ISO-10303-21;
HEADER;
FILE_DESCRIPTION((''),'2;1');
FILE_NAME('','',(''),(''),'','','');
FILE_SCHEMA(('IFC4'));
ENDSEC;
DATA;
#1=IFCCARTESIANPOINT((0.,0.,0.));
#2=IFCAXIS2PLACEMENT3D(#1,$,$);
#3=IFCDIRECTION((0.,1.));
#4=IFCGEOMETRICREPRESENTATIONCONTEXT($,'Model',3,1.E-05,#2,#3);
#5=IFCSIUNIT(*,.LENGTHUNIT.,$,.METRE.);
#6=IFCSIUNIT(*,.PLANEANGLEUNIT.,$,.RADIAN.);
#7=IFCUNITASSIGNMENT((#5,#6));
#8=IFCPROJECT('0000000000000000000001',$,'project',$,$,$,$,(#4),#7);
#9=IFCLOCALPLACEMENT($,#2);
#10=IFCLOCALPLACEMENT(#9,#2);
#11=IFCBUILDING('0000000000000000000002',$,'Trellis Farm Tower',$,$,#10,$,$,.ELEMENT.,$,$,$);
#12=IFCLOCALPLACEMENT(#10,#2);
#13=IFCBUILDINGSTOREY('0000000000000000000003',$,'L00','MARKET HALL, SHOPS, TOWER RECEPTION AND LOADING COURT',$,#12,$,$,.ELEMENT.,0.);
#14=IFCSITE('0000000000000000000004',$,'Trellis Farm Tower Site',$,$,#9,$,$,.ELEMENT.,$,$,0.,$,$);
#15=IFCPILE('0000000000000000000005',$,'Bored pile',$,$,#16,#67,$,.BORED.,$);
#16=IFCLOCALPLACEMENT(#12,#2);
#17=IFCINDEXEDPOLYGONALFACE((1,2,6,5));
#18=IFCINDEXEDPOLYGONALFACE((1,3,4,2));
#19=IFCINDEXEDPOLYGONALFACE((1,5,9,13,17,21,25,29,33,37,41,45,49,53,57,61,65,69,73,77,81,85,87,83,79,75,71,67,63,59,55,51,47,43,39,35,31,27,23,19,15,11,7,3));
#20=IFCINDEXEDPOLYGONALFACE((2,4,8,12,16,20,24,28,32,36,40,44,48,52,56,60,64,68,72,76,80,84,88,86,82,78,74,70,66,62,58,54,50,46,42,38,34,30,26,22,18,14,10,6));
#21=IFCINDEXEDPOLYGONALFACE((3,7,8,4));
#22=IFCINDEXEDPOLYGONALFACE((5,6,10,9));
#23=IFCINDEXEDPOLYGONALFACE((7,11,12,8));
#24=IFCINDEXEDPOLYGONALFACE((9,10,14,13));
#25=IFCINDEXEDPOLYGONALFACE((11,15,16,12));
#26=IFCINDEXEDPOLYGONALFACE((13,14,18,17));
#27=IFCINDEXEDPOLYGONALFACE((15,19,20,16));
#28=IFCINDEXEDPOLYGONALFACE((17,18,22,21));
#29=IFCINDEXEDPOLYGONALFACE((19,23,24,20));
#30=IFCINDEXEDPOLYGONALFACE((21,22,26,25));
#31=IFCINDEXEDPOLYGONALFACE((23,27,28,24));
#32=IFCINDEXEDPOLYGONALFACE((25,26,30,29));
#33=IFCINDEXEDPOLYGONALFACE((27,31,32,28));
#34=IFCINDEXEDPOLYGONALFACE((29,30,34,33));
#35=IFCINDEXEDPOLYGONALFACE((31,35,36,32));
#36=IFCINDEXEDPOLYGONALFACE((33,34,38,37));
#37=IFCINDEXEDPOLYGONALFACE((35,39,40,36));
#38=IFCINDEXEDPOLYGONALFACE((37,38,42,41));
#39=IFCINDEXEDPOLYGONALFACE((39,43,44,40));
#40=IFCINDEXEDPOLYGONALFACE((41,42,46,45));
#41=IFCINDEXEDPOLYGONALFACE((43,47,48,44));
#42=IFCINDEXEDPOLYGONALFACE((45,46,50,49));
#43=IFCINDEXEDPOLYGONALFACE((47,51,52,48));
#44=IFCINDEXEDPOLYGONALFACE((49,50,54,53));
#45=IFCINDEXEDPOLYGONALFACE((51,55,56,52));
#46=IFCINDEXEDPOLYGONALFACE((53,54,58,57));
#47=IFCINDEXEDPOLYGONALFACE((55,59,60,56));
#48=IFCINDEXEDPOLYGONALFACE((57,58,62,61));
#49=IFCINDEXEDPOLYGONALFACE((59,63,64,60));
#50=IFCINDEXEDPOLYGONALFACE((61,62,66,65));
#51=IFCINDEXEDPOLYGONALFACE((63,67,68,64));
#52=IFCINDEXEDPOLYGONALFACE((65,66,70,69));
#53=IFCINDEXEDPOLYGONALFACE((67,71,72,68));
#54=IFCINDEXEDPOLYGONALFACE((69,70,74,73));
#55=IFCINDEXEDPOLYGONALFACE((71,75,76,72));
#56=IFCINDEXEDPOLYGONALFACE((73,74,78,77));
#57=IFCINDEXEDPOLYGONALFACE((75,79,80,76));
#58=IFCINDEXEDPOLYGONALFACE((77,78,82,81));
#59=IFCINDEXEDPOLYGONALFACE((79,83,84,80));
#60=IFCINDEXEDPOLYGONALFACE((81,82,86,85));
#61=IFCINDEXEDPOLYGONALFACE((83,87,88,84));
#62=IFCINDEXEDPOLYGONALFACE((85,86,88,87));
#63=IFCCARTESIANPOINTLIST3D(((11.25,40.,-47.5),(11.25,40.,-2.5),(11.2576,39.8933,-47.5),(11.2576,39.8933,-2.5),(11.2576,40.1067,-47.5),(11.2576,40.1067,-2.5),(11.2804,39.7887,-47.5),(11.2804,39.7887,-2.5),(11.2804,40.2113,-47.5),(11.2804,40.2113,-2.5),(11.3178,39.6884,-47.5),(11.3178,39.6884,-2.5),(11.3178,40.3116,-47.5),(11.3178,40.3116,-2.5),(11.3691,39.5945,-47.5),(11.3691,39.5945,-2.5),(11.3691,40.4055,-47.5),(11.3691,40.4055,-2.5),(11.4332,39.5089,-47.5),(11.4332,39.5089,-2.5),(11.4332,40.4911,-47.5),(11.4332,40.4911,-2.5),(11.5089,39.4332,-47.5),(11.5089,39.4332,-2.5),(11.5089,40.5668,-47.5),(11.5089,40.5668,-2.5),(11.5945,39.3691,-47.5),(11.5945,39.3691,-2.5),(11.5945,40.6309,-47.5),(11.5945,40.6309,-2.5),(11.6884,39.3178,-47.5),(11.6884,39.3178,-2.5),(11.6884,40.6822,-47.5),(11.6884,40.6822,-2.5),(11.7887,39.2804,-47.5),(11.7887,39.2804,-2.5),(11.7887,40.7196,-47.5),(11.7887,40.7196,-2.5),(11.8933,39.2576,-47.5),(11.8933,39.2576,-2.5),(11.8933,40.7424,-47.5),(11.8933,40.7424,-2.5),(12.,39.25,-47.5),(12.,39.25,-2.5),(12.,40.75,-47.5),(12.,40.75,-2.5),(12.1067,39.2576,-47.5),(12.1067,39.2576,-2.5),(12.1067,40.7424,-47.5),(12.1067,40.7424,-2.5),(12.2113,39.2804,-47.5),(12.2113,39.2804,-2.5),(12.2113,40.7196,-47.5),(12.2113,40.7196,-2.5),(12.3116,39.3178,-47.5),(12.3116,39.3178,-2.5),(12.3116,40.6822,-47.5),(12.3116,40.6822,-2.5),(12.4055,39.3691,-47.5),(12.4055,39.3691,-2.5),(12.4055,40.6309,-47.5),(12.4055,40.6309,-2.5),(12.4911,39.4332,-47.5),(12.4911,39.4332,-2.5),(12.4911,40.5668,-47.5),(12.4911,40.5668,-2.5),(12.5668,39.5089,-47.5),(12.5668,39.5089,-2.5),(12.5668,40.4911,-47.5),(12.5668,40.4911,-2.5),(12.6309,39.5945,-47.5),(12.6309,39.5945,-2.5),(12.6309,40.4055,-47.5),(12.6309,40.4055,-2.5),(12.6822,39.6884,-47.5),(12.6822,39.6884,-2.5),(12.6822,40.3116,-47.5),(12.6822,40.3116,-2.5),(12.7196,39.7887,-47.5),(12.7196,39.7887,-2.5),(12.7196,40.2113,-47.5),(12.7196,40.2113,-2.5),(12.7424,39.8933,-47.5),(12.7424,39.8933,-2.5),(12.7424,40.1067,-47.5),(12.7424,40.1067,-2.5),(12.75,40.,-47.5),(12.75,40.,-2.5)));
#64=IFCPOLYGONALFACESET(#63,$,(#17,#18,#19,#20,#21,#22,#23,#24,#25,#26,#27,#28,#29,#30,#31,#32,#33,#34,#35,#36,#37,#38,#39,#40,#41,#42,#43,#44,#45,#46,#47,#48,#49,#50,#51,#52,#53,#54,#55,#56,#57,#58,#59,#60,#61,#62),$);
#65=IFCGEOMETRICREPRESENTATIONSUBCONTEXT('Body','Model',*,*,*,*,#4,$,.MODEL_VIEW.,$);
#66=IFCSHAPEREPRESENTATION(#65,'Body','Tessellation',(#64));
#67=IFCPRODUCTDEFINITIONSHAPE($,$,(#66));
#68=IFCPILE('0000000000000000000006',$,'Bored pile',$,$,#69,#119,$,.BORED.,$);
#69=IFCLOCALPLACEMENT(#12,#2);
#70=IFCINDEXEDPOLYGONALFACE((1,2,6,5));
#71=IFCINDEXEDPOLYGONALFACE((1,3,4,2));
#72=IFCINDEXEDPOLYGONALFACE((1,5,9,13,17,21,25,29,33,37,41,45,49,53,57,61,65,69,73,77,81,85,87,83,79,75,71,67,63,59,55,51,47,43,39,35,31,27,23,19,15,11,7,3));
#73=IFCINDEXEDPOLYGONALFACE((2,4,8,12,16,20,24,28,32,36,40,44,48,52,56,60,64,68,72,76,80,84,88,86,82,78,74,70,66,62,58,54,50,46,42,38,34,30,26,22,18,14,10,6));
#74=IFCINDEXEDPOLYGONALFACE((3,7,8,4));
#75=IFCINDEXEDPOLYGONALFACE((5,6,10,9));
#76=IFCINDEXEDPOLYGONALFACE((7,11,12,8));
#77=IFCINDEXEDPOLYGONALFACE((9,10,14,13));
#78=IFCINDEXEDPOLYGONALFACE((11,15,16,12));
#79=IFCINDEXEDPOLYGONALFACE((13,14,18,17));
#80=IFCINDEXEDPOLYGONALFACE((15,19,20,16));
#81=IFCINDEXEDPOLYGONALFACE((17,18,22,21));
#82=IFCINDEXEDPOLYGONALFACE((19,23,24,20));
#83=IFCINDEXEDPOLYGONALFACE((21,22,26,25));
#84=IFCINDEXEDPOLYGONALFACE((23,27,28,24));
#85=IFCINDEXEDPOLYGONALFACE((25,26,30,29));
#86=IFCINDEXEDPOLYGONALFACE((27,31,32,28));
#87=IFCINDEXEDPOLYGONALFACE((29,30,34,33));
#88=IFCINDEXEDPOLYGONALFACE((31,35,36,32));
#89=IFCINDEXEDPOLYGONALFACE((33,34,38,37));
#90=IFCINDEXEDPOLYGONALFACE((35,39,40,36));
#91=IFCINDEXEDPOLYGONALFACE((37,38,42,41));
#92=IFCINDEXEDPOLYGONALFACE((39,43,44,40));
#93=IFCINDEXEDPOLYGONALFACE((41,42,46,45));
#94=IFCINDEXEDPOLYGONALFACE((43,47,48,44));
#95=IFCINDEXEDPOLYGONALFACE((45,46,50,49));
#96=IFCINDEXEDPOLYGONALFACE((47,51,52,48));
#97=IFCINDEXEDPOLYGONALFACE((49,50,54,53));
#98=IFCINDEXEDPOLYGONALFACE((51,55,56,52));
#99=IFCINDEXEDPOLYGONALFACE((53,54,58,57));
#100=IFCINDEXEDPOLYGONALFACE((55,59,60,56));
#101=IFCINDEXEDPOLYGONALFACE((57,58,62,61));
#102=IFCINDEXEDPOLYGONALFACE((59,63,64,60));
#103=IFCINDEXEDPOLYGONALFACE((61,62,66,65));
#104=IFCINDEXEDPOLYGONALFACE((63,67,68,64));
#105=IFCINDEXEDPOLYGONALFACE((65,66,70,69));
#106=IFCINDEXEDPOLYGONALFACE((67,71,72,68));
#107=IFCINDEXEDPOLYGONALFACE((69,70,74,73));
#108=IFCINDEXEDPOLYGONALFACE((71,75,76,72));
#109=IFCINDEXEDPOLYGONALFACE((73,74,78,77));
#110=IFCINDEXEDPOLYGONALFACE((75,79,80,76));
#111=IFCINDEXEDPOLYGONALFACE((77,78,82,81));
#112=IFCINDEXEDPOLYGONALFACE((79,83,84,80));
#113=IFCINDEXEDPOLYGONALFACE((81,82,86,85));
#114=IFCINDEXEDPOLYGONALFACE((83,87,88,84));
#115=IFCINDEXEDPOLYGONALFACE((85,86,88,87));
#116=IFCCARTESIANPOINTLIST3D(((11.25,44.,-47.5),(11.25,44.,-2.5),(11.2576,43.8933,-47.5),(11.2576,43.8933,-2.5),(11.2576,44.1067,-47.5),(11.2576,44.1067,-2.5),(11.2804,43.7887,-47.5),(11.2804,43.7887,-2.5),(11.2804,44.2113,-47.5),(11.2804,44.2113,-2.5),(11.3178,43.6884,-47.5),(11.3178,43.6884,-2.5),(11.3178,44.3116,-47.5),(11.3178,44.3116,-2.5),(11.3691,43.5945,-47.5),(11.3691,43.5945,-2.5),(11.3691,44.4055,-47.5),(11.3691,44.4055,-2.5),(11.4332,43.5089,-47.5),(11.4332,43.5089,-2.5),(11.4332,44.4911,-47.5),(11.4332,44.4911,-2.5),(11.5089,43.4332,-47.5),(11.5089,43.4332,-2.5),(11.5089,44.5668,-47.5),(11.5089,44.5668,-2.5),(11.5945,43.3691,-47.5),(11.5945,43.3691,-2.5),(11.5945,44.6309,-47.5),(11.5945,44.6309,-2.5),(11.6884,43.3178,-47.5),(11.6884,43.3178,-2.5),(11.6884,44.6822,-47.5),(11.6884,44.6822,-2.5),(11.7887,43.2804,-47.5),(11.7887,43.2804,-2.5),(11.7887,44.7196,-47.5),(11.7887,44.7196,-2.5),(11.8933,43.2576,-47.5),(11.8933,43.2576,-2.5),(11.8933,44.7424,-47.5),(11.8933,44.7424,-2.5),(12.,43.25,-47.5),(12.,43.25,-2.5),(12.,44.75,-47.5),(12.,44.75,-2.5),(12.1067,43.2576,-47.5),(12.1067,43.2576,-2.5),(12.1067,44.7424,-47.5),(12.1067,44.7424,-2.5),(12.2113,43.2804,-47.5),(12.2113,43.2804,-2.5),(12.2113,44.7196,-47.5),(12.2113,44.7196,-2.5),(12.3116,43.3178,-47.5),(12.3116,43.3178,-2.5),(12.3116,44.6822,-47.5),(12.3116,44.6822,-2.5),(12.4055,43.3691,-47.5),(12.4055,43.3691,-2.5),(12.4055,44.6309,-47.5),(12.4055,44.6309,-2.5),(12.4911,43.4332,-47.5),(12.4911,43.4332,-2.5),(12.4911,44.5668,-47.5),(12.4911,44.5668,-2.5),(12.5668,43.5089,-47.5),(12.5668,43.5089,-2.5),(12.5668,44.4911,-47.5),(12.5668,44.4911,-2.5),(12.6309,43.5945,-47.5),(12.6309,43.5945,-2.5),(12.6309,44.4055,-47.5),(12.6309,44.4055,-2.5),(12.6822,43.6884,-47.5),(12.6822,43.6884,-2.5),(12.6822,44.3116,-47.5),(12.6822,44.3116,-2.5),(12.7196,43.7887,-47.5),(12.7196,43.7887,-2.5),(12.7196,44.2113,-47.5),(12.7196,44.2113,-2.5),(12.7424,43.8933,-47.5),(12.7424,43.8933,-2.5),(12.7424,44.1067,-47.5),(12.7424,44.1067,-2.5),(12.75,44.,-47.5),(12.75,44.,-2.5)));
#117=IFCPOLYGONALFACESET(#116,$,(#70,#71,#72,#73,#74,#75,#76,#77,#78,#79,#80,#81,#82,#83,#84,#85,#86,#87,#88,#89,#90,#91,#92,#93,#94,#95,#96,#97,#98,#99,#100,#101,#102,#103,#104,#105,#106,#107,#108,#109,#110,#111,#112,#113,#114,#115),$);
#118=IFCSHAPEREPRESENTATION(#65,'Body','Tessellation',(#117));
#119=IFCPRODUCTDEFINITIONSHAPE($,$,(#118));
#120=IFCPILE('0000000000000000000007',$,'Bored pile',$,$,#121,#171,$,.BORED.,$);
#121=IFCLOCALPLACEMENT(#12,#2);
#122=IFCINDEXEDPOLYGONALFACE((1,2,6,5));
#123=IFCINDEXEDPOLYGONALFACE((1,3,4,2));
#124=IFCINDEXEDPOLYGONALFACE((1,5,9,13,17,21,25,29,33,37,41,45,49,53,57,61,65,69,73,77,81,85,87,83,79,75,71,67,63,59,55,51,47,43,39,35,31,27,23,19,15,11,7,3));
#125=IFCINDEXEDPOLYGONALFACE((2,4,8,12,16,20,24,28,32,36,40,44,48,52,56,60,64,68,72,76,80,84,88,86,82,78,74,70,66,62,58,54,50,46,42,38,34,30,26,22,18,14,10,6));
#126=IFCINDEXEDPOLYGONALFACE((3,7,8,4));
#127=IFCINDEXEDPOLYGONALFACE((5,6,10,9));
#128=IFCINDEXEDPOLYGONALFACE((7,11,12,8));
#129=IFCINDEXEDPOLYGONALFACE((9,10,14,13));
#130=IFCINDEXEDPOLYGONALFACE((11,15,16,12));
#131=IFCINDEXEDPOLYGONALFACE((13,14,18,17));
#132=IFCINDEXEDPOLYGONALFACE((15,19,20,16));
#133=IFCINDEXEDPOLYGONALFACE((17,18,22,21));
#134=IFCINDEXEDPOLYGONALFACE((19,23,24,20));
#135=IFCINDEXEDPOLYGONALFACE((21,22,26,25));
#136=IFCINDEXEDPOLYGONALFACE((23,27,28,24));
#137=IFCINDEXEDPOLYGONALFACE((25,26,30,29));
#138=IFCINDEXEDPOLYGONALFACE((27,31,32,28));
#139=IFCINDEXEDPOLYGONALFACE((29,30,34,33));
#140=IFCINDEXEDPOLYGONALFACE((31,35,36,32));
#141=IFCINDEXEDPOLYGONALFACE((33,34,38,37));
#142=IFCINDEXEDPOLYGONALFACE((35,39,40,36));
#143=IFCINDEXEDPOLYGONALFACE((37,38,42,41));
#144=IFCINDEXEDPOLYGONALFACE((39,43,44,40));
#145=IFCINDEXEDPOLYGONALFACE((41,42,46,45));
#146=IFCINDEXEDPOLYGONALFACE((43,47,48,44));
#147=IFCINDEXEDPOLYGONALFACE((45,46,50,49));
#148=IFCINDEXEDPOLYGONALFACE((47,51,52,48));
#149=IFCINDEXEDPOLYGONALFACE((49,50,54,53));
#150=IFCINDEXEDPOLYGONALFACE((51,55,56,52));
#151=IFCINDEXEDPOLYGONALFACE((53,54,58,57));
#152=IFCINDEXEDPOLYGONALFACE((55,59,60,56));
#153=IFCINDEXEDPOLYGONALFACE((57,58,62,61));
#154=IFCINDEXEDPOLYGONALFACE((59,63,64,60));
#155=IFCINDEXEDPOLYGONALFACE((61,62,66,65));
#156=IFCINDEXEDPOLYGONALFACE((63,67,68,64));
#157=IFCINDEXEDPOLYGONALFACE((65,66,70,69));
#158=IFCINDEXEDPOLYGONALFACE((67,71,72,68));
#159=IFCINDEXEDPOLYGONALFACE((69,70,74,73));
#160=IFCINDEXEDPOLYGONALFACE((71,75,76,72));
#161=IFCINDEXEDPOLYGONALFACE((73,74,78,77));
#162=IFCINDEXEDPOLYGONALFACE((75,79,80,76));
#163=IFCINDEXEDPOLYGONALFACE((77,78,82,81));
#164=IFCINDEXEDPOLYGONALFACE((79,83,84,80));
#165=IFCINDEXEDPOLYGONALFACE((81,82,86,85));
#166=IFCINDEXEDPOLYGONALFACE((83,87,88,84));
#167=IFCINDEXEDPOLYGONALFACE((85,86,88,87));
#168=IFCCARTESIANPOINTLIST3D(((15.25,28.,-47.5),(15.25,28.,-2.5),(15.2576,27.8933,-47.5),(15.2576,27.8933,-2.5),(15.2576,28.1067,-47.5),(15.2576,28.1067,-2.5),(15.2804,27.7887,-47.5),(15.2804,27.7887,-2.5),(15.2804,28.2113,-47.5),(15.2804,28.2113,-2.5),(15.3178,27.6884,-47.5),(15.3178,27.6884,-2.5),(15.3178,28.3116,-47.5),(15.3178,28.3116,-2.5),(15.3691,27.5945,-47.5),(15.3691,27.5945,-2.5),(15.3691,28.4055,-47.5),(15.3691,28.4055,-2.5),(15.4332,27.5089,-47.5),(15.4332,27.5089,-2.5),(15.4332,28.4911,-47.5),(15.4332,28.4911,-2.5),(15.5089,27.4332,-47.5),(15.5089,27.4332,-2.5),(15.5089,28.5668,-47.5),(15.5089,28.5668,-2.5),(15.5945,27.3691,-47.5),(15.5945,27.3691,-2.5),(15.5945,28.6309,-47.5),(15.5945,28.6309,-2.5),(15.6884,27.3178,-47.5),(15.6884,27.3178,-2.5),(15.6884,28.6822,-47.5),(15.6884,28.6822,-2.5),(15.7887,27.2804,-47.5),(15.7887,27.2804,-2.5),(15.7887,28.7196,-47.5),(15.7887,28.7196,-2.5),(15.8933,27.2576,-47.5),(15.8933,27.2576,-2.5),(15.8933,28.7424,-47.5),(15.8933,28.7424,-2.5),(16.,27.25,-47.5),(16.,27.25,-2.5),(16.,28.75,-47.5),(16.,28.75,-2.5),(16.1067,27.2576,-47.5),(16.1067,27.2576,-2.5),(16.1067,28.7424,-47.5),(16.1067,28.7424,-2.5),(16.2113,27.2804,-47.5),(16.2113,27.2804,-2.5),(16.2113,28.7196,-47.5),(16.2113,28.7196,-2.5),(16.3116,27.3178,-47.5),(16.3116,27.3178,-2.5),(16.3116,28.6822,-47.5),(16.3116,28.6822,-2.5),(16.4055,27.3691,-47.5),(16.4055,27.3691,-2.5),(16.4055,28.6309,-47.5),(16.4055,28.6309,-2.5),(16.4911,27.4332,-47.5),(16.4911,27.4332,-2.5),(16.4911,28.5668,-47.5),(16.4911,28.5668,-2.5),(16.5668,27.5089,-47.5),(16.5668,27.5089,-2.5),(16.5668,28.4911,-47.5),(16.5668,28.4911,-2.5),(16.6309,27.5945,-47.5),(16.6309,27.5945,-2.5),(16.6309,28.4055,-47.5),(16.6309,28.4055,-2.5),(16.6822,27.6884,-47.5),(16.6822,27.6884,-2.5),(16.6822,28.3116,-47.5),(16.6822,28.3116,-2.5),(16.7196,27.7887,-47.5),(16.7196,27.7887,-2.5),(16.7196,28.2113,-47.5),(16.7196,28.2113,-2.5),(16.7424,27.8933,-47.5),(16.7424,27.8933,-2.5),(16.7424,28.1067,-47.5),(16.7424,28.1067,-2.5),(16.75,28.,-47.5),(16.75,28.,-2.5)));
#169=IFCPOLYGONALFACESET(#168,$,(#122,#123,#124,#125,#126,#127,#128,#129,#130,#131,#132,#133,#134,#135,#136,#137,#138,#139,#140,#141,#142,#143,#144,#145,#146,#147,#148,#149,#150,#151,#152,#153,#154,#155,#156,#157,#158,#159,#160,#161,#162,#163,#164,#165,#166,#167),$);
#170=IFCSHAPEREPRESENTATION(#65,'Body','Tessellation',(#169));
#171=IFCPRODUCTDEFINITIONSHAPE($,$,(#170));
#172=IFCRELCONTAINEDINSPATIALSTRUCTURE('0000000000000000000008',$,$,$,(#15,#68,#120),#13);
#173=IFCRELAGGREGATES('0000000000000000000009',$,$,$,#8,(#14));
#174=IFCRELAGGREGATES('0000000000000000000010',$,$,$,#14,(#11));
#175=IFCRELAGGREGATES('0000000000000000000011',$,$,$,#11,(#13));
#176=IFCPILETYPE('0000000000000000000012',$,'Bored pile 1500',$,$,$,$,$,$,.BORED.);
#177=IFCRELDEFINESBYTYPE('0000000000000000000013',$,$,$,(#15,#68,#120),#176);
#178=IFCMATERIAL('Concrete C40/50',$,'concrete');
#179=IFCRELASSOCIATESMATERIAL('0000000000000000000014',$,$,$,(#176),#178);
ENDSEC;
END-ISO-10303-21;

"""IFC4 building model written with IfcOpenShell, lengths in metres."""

from ifc_helpers import new_model, si_unit, direction, frame, origin, origin_2d, place, context, subcontext, project, spatial, circle, extrude, source, transform, mapped, material, material_profile, profile_set, type_object, element, save


model = new_model("IFC4")

# Units and contexts
model_context = context("Model", 3, precision=1e-05, world=origin(), true_north=direction((0.0, 1.0)))
body_context = subcontext(model_context, "Body", "Model", "MODEL_VIEW")
ifc_project = project(units=[si_unit("LENGTHUNIT", "METRE"), si_unit("PLANEANGLEUNIT", "RADIAN")], contexts=[model_context])

# Site, building, storey
site_placement = place(None, origin())
site = spatial("IfcSite", under=ifc_project, at=site_placement, Name="Trellis Farm Tower Site", CompositionType="ELEMENT", RefElevation=0.0)
building_placement = place(site_placement, origin())
building = spatial("IfcBuilding", under=site, at=building_placement, Name="Trellis Farm Tower", CompositionType="ELEMENT")
storey_placement = place(building_placement, origin())
storey = spatial("IfcBuildingStorey", under=building, at=storey_placement, Name="L00", Description="MARKET HALL, SHOPS, TOWER RECEPTION AND LOADING COURT", CompositionType="ELEMENT", Elevation=0.0)

# Piles
ifc_material_1 = material(Name="Concrete C40/50", Category="concrete")
ifc_material_profile_1 = material_profile(ifc_material_1, circle(Radius=0.75, at=origin_2d()), Name="Bored pile 1500")
ifc_profile_set_1 = profile_set([ifc_material_profile_1], Name="Concrete C40/50")
pile_type = type_object("IfcPileType", Name="Bored pile 1500", PredefinedType="BORED", material=ifc_profile_set_1)
shared_shape_1 = source(origin(), body_context, "Body", "SweptSolid", [
    extrude(circle(Radius=0.75, at=origin_2d()), origin(), (0.0, 0.0, 1.0), 45.0),
])
for number, where, z_axis, x_axis, name in (
    (1, (12.0, 40.0, -2.5), (0.0, 0.0, -1.0), (1.0, 0.0, 0.0), "Bored pile"),
    (2, (12.0, 44.0, -2.5), (0.0, 0.0, -1.0), (1.0, 0.0, 0.0), "Bored pile"),
    (3, (16.0, 28.0, -2.5), (0.0, 0.0, -1.0), (1.0, 0.0, 0.0), "Bored pile"),
):
    element("IfcPile", number, at=place(storey_placement, frame(where, z_axis=z_axis, x_axis=x_axis)), inside=storey, type_object=pile_type, Name=name, PredefinedType="BORED", context=body_context, shape_type="MappedRepresentation", body=[
        mapped(shared_shape_1, transform((0.0, 0.0, 0.0))),
    ])

save(model, "model.ifc")
